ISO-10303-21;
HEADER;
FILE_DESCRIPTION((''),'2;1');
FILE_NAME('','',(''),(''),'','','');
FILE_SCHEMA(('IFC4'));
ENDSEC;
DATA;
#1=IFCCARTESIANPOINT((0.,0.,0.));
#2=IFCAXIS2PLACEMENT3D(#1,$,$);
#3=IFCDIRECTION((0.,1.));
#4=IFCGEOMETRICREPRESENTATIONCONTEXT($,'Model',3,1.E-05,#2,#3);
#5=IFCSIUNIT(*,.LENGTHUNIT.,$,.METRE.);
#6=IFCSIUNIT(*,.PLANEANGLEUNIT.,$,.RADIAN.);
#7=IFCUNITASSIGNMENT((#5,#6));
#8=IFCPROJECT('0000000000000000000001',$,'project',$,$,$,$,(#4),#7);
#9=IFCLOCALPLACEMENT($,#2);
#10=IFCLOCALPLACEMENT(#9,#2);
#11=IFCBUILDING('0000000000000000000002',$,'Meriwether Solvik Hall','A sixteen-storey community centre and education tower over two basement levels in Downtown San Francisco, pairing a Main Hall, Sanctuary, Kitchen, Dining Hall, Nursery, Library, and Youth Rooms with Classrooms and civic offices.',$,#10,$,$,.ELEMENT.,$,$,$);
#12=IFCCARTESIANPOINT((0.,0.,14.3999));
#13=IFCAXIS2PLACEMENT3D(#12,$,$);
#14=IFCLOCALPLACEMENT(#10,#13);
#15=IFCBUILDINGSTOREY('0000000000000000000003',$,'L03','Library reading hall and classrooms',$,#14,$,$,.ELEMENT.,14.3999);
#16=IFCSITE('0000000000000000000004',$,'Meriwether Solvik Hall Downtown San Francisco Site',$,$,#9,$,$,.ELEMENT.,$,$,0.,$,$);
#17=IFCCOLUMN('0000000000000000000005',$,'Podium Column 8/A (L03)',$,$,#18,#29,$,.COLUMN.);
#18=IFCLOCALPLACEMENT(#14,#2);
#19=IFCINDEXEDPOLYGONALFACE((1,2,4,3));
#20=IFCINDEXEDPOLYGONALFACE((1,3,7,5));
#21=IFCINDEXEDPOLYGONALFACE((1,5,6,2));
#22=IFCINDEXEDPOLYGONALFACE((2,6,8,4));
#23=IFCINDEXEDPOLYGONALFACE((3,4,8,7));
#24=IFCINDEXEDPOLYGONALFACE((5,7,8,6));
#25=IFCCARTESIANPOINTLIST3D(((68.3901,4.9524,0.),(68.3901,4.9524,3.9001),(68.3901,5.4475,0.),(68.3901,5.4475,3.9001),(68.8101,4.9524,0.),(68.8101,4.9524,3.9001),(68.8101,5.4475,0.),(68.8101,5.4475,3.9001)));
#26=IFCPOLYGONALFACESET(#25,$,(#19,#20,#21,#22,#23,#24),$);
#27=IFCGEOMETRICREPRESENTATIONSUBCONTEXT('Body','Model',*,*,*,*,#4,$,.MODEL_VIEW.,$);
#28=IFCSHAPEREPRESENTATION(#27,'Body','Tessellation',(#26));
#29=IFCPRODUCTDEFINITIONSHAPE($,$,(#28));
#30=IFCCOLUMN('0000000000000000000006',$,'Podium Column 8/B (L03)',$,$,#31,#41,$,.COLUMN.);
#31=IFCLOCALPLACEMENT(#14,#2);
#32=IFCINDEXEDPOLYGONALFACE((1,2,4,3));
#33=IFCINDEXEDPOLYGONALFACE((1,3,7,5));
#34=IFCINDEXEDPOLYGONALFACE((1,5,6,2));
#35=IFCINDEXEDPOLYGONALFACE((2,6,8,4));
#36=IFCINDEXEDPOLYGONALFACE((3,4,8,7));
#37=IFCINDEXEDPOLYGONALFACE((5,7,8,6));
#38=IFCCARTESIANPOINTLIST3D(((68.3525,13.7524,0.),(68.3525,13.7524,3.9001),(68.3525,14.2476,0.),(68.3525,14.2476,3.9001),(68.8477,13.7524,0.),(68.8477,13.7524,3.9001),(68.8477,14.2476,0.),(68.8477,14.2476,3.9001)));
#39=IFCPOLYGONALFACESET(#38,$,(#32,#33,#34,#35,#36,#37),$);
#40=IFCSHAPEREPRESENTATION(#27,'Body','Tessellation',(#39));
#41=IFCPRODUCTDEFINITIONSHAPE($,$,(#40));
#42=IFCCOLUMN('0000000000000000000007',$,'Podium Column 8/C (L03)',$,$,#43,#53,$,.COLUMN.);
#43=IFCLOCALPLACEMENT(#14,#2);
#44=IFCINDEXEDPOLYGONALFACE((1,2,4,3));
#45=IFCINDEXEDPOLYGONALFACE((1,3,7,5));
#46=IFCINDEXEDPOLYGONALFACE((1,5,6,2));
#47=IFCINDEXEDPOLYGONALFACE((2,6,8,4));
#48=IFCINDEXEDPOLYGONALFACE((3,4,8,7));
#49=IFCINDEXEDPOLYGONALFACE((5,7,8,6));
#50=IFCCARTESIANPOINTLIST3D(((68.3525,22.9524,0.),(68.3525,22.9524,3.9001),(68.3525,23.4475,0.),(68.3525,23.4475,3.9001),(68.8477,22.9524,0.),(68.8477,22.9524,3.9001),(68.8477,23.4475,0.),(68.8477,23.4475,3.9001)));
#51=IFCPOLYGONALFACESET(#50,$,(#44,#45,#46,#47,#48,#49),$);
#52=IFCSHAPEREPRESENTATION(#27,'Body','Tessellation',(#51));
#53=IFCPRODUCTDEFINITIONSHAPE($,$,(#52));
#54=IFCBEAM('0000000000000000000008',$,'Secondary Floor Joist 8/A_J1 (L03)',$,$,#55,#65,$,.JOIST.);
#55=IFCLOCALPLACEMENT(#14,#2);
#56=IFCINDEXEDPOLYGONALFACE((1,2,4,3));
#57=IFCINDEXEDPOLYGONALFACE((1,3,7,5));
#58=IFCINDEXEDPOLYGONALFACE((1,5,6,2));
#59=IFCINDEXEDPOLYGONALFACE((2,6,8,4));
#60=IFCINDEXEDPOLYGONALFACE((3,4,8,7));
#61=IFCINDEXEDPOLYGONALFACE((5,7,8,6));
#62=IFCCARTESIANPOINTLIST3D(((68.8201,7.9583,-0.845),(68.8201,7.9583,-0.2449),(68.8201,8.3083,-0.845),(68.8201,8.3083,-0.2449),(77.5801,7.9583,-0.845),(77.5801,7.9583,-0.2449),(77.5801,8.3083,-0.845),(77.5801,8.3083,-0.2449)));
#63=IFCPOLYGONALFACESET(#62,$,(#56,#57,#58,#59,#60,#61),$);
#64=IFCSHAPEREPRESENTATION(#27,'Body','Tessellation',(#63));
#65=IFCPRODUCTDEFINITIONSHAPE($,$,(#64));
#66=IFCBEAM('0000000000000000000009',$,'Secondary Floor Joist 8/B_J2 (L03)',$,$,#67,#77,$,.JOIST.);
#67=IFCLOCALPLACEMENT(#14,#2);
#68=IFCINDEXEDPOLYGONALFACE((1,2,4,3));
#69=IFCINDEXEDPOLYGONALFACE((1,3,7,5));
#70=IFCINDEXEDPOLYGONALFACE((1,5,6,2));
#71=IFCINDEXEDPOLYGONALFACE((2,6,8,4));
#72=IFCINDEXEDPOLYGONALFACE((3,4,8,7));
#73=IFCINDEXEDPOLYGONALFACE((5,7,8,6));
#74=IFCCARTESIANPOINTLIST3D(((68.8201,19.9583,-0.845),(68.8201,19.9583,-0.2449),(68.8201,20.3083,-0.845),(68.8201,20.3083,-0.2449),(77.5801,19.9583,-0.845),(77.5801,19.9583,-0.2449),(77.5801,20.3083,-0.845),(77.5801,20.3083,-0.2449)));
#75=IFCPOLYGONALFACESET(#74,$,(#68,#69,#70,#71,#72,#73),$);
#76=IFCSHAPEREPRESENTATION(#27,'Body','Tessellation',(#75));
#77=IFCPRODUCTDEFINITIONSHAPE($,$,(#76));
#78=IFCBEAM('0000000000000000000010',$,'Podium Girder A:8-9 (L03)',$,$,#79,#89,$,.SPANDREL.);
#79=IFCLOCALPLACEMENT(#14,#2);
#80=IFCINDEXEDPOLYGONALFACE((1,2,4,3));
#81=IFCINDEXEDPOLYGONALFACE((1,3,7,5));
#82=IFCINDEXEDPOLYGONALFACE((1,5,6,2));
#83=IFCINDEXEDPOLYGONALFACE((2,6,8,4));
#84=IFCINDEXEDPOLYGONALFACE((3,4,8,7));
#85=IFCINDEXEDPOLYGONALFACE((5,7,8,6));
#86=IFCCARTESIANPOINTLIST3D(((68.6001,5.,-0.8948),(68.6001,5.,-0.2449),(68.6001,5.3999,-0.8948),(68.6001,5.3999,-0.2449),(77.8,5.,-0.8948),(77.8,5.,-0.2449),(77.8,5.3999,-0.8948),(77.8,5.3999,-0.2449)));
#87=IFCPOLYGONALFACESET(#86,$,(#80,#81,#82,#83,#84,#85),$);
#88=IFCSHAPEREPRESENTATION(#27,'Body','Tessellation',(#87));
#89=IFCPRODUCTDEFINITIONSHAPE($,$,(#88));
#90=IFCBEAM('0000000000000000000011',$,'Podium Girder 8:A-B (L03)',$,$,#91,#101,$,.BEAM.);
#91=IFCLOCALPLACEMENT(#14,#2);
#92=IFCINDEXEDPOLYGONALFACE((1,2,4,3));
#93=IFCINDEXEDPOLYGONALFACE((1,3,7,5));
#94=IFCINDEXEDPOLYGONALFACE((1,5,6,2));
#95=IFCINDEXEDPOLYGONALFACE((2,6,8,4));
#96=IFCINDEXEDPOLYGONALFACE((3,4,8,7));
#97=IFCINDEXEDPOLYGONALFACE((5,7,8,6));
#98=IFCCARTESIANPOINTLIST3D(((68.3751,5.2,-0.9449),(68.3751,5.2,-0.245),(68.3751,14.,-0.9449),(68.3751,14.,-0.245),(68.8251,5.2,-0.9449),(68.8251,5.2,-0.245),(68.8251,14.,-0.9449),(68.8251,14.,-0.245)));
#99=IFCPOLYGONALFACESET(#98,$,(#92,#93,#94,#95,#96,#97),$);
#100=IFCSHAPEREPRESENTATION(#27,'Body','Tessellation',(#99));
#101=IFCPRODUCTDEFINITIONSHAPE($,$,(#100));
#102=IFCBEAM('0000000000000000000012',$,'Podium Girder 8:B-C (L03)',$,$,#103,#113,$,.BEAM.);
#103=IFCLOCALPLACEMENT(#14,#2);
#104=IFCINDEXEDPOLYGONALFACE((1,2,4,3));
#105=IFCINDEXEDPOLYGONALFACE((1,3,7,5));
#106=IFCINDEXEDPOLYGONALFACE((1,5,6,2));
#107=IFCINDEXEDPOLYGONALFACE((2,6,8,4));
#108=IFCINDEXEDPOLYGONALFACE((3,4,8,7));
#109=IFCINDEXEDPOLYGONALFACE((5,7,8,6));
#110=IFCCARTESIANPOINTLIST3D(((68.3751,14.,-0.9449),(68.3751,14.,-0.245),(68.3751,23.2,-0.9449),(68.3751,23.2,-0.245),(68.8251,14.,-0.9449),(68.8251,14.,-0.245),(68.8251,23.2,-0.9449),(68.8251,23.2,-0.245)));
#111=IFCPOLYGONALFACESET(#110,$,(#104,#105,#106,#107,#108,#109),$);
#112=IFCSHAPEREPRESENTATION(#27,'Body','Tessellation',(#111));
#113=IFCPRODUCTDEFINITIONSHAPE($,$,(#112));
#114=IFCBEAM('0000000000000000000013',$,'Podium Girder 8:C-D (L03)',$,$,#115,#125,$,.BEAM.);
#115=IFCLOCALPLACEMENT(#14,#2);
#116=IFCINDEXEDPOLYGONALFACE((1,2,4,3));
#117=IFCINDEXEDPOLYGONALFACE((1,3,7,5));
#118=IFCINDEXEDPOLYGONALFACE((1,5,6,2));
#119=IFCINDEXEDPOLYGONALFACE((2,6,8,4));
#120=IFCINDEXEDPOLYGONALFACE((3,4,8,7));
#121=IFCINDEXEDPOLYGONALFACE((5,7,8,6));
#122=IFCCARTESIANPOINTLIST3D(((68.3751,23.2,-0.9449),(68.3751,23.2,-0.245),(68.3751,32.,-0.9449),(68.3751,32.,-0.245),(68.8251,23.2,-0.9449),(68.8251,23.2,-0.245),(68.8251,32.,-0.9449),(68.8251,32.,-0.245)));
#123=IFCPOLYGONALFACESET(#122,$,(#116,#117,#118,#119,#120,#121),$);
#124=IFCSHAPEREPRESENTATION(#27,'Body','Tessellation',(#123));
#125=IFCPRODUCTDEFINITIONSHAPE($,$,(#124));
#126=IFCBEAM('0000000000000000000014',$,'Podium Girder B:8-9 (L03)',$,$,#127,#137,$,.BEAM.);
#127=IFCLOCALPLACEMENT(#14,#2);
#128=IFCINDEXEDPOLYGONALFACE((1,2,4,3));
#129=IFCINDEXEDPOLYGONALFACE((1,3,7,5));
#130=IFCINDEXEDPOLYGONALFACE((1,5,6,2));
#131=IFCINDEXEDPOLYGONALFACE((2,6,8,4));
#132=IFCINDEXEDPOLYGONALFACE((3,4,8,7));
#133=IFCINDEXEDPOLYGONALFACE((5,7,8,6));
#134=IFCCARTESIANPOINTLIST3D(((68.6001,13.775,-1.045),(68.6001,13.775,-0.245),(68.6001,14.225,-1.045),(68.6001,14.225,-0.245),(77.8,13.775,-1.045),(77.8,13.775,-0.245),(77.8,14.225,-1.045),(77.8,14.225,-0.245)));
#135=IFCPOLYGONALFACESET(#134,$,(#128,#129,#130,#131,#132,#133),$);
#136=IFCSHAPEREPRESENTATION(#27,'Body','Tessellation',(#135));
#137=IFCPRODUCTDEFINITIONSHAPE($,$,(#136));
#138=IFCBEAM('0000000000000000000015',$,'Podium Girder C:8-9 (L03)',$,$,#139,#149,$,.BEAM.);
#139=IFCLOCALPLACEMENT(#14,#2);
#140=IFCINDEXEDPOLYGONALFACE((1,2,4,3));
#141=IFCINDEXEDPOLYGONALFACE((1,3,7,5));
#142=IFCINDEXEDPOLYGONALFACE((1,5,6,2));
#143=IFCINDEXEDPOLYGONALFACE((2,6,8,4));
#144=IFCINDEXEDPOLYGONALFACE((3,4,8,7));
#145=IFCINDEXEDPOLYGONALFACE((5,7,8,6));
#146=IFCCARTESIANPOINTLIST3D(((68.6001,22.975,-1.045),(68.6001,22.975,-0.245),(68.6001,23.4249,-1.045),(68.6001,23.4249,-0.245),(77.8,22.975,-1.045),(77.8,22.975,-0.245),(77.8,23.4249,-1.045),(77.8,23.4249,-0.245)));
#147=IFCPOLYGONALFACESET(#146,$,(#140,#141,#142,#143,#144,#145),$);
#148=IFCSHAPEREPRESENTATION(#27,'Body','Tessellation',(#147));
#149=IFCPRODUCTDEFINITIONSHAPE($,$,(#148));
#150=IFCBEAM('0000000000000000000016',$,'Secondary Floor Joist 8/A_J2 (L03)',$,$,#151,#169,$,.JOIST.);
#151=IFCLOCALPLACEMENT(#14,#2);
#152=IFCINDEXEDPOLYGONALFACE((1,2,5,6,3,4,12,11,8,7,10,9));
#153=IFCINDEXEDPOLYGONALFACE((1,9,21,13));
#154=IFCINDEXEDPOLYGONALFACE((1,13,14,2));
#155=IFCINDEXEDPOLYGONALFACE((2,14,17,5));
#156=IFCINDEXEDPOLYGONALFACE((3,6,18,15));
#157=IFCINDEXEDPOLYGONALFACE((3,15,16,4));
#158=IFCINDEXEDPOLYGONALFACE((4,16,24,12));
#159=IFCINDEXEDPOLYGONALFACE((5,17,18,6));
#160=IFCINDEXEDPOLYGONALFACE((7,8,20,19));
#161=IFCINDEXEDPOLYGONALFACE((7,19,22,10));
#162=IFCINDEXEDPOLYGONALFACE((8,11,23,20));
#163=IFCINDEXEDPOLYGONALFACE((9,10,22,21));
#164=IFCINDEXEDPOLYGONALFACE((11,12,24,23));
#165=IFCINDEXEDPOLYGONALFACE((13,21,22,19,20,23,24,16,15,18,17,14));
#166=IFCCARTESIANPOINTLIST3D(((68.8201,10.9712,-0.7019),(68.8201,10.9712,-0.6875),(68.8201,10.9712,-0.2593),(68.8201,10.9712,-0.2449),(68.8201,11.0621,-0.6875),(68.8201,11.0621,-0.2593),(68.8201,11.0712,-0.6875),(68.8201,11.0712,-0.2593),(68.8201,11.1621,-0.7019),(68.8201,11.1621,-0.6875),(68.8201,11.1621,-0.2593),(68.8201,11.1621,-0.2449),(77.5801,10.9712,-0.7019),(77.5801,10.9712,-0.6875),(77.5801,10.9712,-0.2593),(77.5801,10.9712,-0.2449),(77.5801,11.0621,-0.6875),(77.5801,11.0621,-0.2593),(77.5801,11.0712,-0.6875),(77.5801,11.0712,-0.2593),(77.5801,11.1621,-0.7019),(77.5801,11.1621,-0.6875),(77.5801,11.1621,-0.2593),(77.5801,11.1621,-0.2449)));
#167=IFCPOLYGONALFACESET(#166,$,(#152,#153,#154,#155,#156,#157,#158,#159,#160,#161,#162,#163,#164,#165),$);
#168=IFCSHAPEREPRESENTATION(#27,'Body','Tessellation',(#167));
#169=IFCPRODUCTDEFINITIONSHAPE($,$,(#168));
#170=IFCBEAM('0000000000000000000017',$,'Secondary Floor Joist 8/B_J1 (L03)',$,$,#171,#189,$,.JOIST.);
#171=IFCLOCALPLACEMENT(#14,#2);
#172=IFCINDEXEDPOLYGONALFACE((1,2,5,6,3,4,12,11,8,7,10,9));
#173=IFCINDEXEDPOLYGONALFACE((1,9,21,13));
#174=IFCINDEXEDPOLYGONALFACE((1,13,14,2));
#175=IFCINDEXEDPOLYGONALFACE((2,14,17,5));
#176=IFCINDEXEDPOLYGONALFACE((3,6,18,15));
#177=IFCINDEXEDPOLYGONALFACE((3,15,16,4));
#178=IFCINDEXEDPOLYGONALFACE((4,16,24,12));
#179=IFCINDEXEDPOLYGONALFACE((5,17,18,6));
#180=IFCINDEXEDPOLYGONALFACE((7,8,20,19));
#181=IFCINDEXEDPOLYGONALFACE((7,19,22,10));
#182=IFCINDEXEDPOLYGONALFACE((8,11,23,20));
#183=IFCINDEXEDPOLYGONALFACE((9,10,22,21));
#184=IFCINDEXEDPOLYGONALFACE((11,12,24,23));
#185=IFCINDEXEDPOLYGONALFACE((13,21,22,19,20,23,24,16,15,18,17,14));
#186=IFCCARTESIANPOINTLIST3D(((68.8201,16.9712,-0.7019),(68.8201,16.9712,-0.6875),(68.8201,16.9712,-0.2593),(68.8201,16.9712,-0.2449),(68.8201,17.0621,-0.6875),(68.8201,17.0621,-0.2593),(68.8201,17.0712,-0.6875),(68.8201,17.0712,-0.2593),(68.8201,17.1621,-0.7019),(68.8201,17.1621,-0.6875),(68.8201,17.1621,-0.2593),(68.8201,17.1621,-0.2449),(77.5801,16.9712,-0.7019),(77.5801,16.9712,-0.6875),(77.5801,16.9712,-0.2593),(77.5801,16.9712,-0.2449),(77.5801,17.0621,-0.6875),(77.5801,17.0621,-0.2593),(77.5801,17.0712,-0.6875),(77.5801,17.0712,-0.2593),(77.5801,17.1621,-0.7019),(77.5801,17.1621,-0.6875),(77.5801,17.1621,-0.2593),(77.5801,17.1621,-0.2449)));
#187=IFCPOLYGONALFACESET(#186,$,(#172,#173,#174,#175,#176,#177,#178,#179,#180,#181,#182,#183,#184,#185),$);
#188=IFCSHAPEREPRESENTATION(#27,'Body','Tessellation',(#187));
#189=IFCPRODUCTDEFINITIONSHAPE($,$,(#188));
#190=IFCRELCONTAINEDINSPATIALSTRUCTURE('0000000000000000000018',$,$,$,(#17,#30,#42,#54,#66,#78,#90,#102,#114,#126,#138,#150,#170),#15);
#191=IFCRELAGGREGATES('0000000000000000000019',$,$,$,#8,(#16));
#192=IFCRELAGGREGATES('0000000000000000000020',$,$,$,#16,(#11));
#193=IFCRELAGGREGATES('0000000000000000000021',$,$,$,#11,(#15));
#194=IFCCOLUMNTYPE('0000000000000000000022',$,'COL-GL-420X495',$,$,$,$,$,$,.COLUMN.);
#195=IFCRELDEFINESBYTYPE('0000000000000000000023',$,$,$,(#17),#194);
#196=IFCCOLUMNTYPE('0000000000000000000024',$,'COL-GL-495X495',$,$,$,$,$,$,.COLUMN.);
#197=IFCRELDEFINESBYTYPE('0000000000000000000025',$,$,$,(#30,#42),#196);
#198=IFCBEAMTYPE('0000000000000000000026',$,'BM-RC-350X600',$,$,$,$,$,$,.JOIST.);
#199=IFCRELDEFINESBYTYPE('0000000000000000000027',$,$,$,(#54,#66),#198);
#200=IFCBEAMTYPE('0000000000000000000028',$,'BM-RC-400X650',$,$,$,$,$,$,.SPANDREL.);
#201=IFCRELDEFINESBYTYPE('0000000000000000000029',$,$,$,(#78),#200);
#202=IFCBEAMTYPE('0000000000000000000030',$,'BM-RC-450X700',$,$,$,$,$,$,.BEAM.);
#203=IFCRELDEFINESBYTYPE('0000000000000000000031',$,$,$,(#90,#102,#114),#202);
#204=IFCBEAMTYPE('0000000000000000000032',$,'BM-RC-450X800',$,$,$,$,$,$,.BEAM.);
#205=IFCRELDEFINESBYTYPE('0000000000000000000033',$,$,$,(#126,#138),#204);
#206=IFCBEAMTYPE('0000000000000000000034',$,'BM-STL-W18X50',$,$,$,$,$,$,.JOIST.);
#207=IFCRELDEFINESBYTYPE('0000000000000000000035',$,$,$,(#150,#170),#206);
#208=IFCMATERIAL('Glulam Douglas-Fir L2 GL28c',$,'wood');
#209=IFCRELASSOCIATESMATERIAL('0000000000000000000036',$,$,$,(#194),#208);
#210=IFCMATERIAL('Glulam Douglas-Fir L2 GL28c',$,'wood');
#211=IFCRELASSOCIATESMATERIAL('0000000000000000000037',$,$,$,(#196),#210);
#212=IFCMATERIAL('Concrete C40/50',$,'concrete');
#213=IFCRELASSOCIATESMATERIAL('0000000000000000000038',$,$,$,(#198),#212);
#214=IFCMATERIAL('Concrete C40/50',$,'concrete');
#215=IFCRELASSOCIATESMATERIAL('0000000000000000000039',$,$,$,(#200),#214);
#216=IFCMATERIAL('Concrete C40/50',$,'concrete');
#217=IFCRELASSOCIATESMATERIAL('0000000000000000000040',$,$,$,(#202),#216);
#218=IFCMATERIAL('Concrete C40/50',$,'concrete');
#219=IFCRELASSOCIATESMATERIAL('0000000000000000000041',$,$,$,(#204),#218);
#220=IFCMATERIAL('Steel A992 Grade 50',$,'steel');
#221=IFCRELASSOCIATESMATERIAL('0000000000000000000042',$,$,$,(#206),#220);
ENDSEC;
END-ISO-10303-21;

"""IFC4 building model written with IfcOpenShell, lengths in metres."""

from ifc_helpers import new_model, si_unit, direction, frame, origin, origin_2d, place, context, subcontext, project, spatial, rectangle, i_section, extrude, material, material_profile, profile_set, type_object, element, save


model = new_model("IFC4")

# Units and contexts
model_context = context("Model", 3, precision=1e-05, world=origin(), true_north=direction((0.0, 1.0)))
body_context = subcontext(model_context, "Body", "Model", "MODEL_VIEW")
ifc_project = project(units=[si_unit("LENGTHUNIT", "METRE"), si_unit("PLANEANGLEUNIT", "RADIAN")], contexts=[model_context])

# Site, building, storey
site_placement = place(None, origin())
site = spatial("IfcSite", under=ifc_project, at=site_placement, Name="Meriwether Solvik Hall Downtown San Francisco Site", CompositionType="ELEMENT", RefElevation=0.0)
building_placement = place(site_placement, origin())
building = spatial("IfcBuilding", under=site, at=building_placement, Name="Meriwether Solvik Hall", Description="A sixteen-storey community centre and education tower over two basement levels in Downtown San Francisco, pairing a Main Hall, Sanctuary, Kitchen, Dining Hall, Nursery, Library, and Youth Rooms with Classrooms and civic offices.", CompositionType="ELEMENT")
storey_placement = place(building_placement, frame((0.0, 0.0, 14.3999)))
storey = spatial("IfcBuildingStorey", under=building, at=storey_placement, Name="L03", Description="Library reading hall and classrooms", CompositionType="ELEMENT", Elevation=14.3999)

# Columns
ifc_material_1 = material(Name="Glulam Douglas-Fir L2 GL28c", Category="wood")
ifc_material_profile_1 = material_profile(ifc_material_1, rectangle(XDim=0.4199, YDim=0.4951, at=origin_2d()), Name="GLC-420X495")
ifc_profile_set_1 = profile_set([ifc_material_profile_1], Name="Glulam Douglas-Fir L2 GL28c")
column_type_1 = type_object("IfcColumnType", Name="COL-GL-420X495", PredefinedType="COLUMN", material=ifc_profile_set_1)
column_placement = place(storey_placement, frame((68.6001, 5.2, 0.0), z_axis=(0.0, 0.0, 1.0), x_axis=(1.0, 0.0, 0.0)))
element("IfcColumn", 1, at=column_placement, inside=storey, type_object=column_type_1, Name="Podium Column 8/A (L03)", PredefinedType="COLUMN", context=body_context, shape_type="SweptSolid", body=[
    extrude(rectangle(XDim=0.4199, YDim=0.4951, at=origin_2d()), origin(), (0.0, 0.0, 1.0), 3.9001),
])
ifc_material_2 = material(Name="Glulam Douglas-Fir L2 GL28c", Category="wood")
ifc_material_profile_2 = material_profile(ifc_material_2, rectangle(XDim=0.4951, YDim=0.4951, at=origin_2d()), Name="GLC-495X495")
ifc_profile_set_2 = profile_set([ifc_material_profile_2], Name="Glulam Douglas-Fir L2 GL28c")
column_type_2 = type_object("IfcColumnType", Name="COL-GL-495X495", PredefinedType="COLUMN", material=ifc_profile_set_2)
for number, where, z_axis, x_axis, name in (
    (2, (68.6001, 14.0, 0.0), (0.0, 0.0, 1.0), (1.0, 0.0, 0.0), "Podium Column 8/B (L03)"),
    (3, (68.6001, 23.2, 0.0), (0.0, 0.0, 1.0), (1.0, 0.0, 0.0), "Podium Column 8/C (L03)"),
):
    element("IfcColumn", number, at=place(storey_placement, frame(where, z_axis=z_axis, x_axis=x_axis)), inside=storey, type_object=column_type_2, Name=name, PredefinedType="COLUMN", context=body_context, shape_type="SweptSolid", body=[
        extrude(rectangle(XDim=0.4951, YDim=0.4951, at=origin_2d()), origin(), (0.0, 0.0, 1.0), 3.9001),
    ])

# Beams
ifc_material_3 = material(Name="Concrete C40/50", Category="concrete")
ifc_material_profile_3 = material_profile(ifc_material_3, rectangle(XDim=0.3501, YDim=0.6001, at=origin_2d()), Name="RCB-350X600")
ifc_profile_set_3 = profile_set([ifc_material_profile_3], Name="Concrete C40/50")
beam_type_1 = type_object("IfcBeamType", Name="BM-RC-350X600", PredefinedType="JOIST", material=ifc_profile_set_3)
for number, where, z_axis, x_axis, name in (
    (4, (68.8201, 8.1333, -0.5449), (1.0, 0.0, 0.0), (0.0, 1.0, 0.0), "Secondary Floor Joist 8/A_J1 (L03)"),
    (5, (68.8201, 20.1333, -0.5449), (1.0, 0.0, 0.0), (0.0, 1.0, 0.0), "Secondary Floor Joist 8/B_J2 (L03)"),
):
    element("IfcBeam", number, at=place(storey_placement, frame(where, z_axis=z_axis, x_axis=x_axis)), inside=storey, type_object=beam_type_1, Name=name, PredefinedType="JOIST", context=body_context, shape_type="SweptSolid", body=[
        extrude(rectangle(XDim=0.3501, YDim=0.6001, at=origin_2d()), origin(), (0.0, 0.0, 1.0), 8.76),
    ])
ifc_material_4 = material(Name="Concrete C40/50", Category="concrete")
ifc_material_profile_4 = material_profile(ifc_material_4, rectangle(XDim=0.3999, YDim=0.6499, at=origin_2d()), Name="RCB-400X650")
ifc_profile_set_4 = profile_set([ifc_material_profile_4], Name="Concrete C40/50")
beam_type_2 = type_object("IfcBeamType", Name="BM-RC-400X650", PredefinedType="SPANDREL", material=ifc_profile_set_4)
beam_1_placement = place(storey_placement, frame((68.6001, 5.2, -0.5698), z_axis=(1.0, 0.0, 0.0), x_axis=(0.0, 1.0, 0.0)))
element("IfcBeam", 6, at=beam_1_placement, inside=storey, type_object=beam_type_2, Name="Podium Girder A:8-9 (L03)", PredefinedType="SPANDREL", context=body_context, shape_type="SweptSolid", body=[
    extrude(rectangle(XDim=0.3999, YDim=0.6499, at=origin_2d()), origin(), (0.0, 0.0, 1.0), 9.2),
])
ifc_material_5 = material(Name="Concrete C40/50", Category="concrete")
ifc_material_profile_5 = material_profile(ifc_material_5, rectangle(XDim=0.45, YDim=0.7, at=origin_2d()), Name="RCB-450X700")
ifc_profile_set_5 = profile_set([ifc_material_profile_5], Name="Concrete C40/50")
beam_type_3 = type_object("IfcBeamType", Name="BM-RC-450X700", PredefinedType="BEAM", material=ifc_profile_set_5)
beam_2_placement = place(storey_placement, frame((68.6001, 5.2, -0.595), z_axis=(0.0, 1.0, 0.0), x_axis=(-1.0, 0.0, 0.0)))
element("IfcBeam", 7, at=beam_2_placement, inside=storey, type_object=beam_type_3, Name="Podium Girder 8:A-B (L03)", PredefinedType="BEAM", context=body_context, shape_type="SweptSolid", body=[
    extrude(rectangle(XDim=0.45, YDim=0.7, at=origin_2d()), origin(), (0.0, 0.0, 1.0), 8.8),
])
beam_3_placement = place(storey_placement, frame((68.6001, 14.0, -0.595), z_axis=(0.0, 1.0, 0.0), x_axis=(-1.0, 0.0, 0.0)))
element("IfcBeam", 8, at=beam_3_placement, inside=storey, type_object=beam_type_3, Name="Podium Girder 8:B-C (L03)", PredefinedType="BEAM", context=body_context, shape_type="SweptSolid", body=[
    extrude(rectangle(XDim=0.45, YDim=0.7, at=origin_2d()), origin(), (0.0, 0.0, 1.0), 9.2),
])
beam_4_placement = place(storey_placement, frame((68.6001, 23.2, -0.595), z_axis=(0.0, 1.0, 0.0), x_axis=(-1.0, 0.0, 0.0)))
element("IfcBeam", 9, at=beam_4_placement, inside=storey, type_object=beam_type_3, Name="Podium Girder 8:C-D (L03)", PredefinedType="BEAM", context=body_context, shape_type="SweptSolid", body=[
    extrude(rectangle(XDim=0.45, YDim=0.7, at=origin_2d()), origin(), (0.0, 0.0, 1.0), 8.8),
])
ifc_material_6 = material(Name="Concrete C40/50", Category="concrete")
ifc_material_profile_6 = material_profile(ifc_material_6, rectangle(XDim=0.45, YDim=0.8, at=origin_2d()), Name="RCB-450X800")
ifc_profile_set_6 = profile_set([ifc_material_profile_6], Name="Concrete C40/50")
beam_type_4 = type_object("IfcBeamType", Name="BM-RC-450X800", PredefinedType="BEAM", material=ifc_profile_set_6)
for number, where, z_axis, x_axis, name in (
    (10, (68.6001, 14.0, -0.645), (1.0, 0.0, 0.0), (0.0, 1.0, 0.0), "Podium Girder B:8-9 (L03)"),
    (11, (68.6001, 23.2, -0.645), (1.0, 0.0, 0.0), (0.0, 1.0, 0.0), "Podium Girder C:8-9 (L03)"),
):
    element("IfcBeam", number, at=place(storey_placement, frame(where, z_axis=z_axis, x_axis=x_axis)), inside=storey, type_object=beam_type_4, Name=name, PredefinedType="BEAM", context=body_context, shape_type="SweptSolid", body=[
        extrude(rectangle(XDim=0.45, YDim=0.8, at=origin_2d()), origin(), (0.0, 0.0, 1.0), 9.2),
    ])
ifc_material_7 = material(Name="Steel A992 Grade 50", Category="steel")
ifc_material_profile_7 = material_profile(ifc_material_7, i_section(OverallWidth=0.1909, OverallDepth=0.457, WebThickness=0.009, FlangeThickness=0.0144, at=origin_2d()), Name="W18X50")
ifc_profile_set_7 = profile_set([ifc_material_profile_7], Name="Steel A992 Grade 50")
beam_type_5 = type_object("IfcBeamType", Name="BM-STL-W18X50", PredefinedType="JOIST", material=ifc_profile_set_7)
for number, where, z_axis, x_axis, name in (
    (12, (68.8201, 11.0667, -0.4734), (1.0, 0.0, 0.0), (0.0, 1.0, 0.0), "Secondary Floor Joist 8/A_J2 (L03)"),
    (13, (68.8201, 17.0667, -0.4734), (1.0, 0.0, 0.0), (0.0, 1.0, 0.0), "Secondary Floor Joist 8/B_J1 (L03)"),
):
    element("IfcBeam", number, at=place(storey_placement, frame(where, z_axis=z_axis, x_axis=x_axis)), inside=storey, type_object=beam_type_5, Name=name, PredefinedType="JOIST", context=body_context, shape_type="SweptSolid", body=[
        extrude(i_section(OverallWidth=0.1909, OverallDepth=0.457, WebThickness=0.009, FlangeThickness=0.0144, at=origin_2d()), origin(), (0.0, 0.0, 1.0), 8.76),
    ])

save(model, "model.ifc")
